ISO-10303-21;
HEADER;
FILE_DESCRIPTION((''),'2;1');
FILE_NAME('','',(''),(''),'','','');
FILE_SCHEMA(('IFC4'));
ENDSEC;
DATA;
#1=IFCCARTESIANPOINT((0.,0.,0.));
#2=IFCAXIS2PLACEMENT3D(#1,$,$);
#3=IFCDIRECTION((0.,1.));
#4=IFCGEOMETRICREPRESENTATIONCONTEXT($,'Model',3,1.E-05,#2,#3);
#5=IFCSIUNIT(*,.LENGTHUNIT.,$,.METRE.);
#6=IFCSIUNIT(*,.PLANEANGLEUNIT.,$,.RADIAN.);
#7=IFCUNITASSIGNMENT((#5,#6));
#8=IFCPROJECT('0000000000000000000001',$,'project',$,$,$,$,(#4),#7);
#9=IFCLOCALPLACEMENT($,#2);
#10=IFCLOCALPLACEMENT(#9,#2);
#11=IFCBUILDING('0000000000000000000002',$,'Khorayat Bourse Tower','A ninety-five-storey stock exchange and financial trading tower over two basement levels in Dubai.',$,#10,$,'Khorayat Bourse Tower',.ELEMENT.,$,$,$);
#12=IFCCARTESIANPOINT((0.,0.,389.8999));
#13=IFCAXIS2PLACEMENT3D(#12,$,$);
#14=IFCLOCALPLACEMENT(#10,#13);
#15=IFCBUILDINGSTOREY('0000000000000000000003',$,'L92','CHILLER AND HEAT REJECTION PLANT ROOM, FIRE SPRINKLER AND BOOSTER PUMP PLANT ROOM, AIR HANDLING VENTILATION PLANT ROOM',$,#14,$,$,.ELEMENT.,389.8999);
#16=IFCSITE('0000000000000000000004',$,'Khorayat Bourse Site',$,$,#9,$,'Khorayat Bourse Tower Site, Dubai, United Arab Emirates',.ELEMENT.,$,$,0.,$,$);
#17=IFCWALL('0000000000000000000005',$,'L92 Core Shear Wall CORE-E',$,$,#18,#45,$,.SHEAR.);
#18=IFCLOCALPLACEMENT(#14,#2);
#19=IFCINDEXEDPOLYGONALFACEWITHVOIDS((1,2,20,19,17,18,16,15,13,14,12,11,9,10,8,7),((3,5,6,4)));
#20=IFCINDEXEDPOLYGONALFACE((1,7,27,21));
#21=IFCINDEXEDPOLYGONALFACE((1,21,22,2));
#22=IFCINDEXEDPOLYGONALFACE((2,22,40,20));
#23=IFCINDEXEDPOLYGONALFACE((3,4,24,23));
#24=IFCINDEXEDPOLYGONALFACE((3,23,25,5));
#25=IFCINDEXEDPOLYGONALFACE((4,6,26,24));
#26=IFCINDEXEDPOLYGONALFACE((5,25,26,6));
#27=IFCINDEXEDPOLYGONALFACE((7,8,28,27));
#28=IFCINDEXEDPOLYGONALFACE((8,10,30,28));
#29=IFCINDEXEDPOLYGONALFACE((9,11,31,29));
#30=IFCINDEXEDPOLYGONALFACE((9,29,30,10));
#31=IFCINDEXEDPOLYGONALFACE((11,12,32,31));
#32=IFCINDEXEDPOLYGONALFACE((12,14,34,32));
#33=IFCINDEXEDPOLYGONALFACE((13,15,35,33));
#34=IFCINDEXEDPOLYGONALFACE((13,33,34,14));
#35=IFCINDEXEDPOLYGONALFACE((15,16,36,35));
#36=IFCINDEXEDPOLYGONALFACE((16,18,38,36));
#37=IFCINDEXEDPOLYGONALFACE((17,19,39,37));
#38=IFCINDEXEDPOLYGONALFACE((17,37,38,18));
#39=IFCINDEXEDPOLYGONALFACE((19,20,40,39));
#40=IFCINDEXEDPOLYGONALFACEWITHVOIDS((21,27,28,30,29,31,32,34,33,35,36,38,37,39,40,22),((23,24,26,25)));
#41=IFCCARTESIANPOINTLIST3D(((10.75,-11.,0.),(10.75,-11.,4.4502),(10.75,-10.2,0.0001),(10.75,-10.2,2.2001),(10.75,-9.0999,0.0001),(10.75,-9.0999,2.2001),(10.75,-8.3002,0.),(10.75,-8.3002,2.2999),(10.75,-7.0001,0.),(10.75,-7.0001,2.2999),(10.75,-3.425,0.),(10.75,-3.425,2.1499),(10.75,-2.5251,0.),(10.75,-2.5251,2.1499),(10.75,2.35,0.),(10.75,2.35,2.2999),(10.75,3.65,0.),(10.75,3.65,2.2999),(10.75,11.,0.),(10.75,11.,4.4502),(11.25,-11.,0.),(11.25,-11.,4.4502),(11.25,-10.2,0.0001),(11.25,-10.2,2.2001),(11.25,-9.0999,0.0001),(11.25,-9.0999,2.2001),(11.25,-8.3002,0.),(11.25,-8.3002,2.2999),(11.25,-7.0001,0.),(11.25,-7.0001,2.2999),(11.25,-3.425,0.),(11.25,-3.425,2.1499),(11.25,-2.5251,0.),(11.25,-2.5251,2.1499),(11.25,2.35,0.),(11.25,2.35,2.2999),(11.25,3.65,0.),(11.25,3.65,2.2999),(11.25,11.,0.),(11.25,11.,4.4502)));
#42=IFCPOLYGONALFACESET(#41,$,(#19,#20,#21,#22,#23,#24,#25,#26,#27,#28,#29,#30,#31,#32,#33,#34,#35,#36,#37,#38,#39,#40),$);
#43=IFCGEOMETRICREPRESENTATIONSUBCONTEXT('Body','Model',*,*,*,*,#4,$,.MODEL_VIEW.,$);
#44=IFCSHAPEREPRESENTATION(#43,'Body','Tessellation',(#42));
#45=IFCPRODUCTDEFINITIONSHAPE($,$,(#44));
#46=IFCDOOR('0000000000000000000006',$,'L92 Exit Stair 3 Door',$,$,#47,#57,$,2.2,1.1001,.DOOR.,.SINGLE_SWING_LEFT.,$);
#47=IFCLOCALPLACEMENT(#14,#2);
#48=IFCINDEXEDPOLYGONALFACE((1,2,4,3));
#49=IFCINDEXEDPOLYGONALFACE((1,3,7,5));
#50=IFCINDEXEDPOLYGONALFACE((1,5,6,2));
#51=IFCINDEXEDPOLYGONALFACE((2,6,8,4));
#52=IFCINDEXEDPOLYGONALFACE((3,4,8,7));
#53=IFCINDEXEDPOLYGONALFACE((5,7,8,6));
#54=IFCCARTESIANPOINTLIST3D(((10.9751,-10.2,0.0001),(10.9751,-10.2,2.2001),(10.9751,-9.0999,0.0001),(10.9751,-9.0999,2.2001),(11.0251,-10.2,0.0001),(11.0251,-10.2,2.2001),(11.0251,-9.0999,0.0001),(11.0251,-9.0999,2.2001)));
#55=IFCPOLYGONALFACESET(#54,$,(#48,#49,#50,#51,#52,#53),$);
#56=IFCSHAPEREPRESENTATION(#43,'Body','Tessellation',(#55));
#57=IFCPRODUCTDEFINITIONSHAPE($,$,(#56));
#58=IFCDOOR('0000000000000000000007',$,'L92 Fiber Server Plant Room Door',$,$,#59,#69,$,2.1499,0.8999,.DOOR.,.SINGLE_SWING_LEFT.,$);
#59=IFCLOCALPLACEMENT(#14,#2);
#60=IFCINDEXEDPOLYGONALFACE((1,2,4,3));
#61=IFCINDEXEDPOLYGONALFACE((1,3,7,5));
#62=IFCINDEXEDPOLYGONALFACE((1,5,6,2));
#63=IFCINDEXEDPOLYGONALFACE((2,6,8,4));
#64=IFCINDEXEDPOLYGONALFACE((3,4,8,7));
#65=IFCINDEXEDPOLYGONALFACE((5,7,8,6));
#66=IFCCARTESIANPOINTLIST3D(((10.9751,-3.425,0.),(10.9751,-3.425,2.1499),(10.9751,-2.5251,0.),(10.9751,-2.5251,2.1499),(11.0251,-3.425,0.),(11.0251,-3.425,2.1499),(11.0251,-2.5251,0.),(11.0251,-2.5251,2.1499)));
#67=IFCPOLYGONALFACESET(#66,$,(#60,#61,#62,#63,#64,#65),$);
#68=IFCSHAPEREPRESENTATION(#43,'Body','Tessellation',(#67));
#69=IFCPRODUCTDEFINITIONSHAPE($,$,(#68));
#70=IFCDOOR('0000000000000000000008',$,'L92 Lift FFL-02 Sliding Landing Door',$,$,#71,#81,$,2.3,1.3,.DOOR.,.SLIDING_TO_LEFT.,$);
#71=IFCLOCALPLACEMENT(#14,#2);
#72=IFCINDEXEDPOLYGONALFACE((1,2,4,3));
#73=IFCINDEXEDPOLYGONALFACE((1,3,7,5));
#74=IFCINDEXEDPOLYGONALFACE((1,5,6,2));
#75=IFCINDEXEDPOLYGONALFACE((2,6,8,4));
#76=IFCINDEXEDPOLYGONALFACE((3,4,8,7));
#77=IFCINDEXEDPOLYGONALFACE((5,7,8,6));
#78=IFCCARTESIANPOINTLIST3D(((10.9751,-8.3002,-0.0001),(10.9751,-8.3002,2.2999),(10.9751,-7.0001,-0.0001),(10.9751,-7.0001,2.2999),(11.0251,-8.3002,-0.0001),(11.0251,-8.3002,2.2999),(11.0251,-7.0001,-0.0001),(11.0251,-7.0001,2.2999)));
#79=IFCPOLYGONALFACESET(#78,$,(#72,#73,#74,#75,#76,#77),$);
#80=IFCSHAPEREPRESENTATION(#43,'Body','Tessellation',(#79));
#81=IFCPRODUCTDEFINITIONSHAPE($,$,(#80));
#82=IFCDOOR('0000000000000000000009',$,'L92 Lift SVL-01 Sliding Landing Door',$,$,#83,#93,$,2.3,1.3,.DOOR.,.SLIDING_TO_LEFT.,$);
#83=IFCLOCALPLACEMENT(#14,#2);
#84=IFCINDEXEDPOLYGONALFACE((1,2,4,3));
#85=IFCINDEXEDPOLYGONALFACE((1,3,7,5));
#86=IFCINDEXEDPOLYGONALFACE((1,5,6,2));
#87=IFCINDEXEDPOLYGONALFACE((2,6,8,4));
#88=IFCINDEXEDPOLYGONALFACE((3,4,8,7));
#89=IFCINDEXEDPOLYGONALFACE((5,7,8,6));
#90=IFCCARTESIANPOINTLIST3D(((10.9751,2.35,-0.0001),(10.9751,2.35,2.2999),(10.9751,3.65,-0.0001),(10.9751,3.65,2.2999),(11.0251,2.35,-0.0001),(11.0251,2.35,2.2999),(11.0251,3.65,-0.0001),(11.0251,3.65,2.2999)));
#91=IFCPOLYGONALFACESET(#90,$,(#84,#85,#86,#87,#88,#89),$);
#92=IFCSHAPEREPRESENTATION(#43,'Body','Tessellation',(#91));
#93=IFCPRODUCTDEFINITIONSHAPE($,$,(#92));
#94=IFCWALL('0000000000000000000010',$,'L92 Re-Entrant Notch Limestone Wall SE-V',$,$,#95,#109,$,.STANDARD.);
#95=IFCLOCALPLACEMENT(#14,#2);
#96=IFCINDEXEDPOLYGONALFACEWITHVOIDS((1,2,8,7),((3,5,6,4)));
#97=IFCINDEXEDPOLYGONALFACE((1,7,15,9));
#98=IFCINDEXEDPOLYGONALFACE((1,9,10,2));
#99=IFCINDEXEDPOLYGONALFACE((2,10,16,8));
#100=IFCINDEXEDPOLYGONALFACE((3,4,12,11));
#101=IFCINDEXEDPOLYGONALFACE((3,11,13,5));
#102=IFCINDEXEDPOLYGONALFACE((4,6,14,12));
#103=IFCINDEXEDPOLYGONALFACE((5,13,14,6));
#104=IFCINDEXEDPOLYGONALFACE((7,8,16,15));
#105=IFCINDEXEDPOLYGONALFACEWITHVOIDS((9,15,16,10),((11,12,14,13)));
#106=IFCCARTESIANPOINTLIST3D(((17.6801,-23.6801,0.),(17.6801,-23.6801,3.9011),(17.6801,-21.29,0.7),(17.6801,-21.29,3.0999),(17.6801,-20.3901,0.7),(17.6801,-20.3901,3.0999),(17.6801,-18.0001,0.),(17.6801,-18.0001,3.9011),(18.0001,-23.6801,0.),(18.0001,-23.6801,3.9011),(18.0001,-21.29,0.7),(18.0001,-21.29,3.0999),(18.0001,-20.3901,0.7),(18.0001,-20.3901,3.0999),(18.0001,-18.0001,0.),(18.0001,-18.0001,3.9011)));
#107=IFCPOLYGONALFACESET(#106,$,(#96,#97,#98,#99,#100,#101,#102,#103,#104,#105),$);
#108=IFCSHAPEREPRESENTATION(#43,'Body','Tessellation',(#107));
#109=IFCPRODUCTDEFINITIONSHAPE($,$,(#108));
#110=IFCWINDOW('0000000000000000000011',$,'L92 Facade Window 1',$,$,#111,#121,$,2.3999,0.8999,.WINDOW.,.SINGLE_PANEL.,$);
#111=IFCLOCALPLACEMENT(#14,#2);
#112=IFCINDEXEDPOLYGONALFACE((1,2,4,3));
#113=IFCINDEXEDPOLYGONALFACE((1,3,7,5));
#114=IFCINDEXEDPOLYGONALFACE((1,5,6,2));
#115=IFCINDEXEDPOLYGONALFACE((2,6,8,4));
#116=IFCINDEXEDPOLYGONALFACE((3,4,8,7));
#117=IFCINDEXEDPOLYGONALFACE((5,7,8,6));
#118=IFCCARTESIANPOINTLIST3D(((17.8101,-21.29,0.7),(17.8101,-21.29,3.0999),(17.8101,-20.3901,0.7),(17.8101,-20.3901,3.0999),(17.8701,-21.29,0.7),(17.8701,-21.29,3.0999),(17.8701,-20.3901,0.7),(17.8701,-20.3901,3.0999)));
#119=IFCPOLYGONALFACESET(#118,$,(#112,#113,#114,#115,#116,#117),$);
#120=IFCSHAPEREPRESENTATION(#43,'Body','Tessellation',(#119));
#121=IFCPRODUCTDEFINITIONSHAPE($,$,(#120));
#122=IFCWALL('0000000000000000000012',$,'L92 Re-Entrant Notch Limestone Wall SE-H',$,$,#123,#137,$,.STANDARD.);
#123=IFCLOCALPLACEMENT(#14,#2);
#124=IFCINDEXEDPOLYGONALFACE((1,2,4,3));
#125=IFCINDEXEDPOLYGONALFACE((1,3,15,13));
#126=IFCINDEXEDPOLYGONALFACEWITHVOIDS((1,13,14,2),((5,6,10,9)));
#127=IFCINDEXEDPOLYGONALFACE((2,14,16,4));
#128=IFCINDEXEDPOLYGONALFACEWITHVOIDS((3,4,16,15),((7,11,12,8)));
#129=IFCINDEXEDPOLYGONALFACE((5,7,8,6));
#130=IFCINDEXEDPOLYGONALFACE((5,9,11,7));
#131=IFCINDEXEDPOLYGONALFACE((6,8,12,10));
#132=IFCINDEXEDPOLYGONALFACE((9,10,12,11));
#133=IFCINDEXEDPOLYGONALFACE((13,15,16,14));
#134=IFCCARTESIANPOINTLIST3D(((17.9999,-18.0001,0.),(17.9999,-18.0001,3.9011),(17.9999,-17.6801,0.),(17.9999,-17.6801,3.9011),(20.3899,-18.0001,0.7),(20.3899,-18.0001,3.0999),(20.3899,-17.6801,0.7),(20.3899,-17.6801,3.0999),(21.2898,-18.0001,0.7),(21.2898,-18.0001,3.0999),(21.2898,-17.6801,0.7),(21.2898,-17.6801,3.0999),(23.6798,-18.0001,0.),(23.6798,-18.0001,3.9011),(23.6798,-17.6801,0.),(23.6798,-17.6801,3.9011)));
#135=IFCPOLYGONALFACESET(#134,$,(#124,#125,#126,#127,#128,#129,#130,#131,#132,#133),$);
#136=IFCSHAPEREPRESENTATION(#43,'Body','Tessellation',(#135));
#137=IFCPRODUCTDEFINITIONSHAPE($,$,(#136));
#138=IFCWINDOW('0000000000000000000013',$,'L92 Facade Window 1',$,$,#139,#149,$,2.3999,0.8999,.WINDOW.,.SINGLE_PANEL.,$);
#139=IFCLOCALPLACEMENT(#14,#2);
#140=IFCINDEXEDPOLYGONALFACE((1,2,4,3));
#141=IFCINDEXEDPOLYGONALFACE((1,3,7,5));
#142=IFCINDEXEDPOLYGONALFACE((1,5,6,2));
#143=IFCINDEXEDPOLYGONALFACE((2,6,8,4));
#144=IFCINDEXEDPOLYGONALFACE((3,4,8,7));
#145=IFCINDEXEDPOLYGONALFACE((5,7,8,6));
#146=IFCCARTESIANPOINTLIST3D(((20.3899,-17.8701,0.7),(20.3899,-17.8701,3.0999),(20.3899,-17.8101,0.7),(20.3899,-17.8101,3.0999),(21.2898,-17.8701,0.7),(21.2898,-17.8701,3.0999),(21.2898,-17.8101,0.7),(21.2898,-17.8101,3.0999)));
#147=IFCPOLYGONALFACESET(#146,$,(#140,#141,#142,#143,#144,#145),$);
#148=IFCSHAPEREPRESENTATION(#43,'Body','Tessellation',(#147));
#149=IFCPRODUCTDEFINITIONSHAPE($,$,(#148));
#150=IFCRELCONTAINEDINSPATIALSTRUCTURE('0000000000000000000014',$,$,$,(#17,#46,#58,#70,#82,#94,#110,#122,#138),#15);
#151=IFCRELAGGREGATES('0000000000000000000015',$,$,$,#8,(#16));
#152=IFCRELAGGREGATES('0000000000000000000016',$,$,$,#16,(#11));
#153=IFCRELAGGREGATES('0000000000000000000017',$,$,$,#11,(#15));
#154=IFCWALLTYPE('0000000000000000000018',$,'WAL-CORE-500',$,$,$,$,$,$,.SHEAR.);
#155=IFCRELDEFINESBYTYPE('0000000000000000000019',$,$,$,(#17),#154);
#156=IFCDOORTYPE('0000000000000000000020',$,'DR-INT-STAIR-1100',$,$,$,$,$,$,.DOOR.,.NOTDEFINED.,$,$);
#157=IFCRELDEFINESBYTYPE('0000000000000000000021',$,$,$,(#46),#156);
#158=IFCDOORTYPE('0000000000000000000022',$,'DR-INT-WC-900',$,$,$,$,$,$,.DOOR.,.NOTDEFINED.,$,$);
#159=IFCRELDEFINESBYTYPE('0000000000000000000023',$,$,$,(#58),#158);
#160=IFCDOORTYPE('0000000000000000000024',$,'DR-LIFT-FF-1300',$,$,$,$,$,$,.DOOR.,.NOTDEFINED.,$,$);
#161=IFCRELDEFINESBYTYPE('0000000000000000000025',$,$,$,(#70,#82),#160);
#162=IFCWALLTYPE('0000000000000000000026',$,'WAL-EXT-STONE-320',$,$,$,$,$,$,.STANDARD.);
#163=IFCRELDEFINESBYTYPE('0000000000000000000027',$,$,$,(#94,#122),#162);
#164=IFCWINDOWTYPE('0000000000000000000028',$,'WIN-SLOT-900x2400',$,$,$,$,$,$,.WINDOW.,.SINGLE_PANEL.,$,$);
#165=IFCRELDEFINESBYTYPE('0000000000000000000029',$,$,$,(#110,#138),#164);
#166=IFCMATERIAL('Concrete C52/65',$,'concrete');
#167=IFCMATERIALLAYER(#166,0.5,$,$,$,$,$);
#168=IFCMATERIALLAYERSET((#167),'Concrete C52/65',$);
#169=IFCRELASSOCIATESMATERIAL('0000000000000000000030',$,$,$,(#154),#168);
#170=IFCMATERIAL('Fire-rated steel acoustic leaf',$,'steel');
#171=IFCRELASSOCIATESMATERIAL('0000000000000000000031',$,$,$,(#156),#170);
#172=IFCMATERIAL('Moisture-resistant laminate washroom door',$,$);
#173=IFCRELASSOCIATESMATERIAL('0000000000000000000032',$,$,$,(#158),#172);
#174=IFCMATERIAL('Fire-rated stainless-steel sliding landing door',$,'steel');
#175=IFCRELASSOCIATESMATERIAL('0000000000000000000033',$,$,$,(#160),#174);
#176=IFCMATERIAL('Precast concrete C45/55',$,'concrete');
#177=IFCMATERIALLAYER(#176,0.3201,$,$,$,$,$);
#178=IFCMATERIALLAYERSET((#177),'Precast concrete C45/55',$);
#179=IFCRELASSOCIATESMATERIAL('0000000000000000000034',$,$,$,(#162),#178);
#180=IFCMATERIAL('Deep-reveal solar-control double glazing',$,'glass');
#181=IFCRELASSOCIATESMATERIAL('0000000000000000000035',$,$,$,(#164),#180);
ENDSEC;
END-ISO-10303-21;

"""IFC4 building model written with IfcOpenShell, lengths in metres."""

from ifc_helpers import new_model, si_unit, direction, frame, frame_2d, origin, place, context, subcontext, project, spatial, rectangle, extrude, source, transform, mapped, material, layer, layer_set, type_object, element, fill, save


model = new_model("IFC4")

# Units and contexts
model_context = context("Model", 3, precision=1e-05, world=origin(), true_north=direction((0.0, 1.0)))
body_context = subcontext(model_context, "Body", "Model", "MODEL_VIEW")
ifc_project = project(units=[si_unit("LENGTHUNIT", "METRE"), si_unit("PLANEANGLEUNIT", "RADIAN")], contexts=[model_context])

# Site, building, storey
site_placement = place(None, origin())
site = spatial("IfcSite", under=ifc_project, at=site_placement, Name="Khorayat Bourse Site", LongName="Khorayat Bourse Tower Site, Dubai, United Arab Emirates", CompositionType="ELEMENT", RefElevation=0.0)
building_placement = place(site_placement, origin())
building = spatial("IfcBuilding", under=site, at=building_placement, Name="Khorayat Bourse Tower", Description="A ninety-five-storey stock exchange and financial trading tower over two basement levels in Dubai.", LongName="Khorayat Bourse Tower", CompositionType="ELEMENT")
storey_placement = place(building_placement, frame((0.0, 0.0, 389.8999)))
storey = spatial("IfcBuildingStorey", under=building, at=storey_placement, Name="L92", Description="CHILLER AND HEAT REJECTION PLANT ROOM, FIRE SPRINKLER AND BOOSTER PUMP PLANT ROOM, AIR HANDLING VENTILATION PLANT ROOM", CompositionType="ELEMENT", Elevation=389.8999)

# Wall, openings, doors
ifc_material_1 = material(Name="Concrete C52/65", Category="concrete")
ifc_layer_1 = layer(ifc_material_1, 0.5)
ifc_layer_set_1 = layer_set([ifc_layer_1], Name="Concrete C52/65")
wall_type_1 = type_object("IfcWallType", Name="WAL-CORE-500", PredefinedType="SHEAR", material=ifc_layer_set_1)
shared_shape_1 = source(origin(), body_context, "Body", "SweptSolid", [
    extrude(rectangle(XDim=22.0, YDim=0.5, at=frame_2d((11.0, 0.0))), origin(), (0.0, 0.0, 1.0), 4.4502),
])
wall_1_placement = place(storey_placement, frame((11.0, -11.0, 0.0), z_axis=(0.0, 0.0, 1.0), x_axis=(0.0, 1.0, 0.0)))
wall_1 = element("IfcWall", 1, at=wall_1_placement, inside=storey, type_object=wall_type_1, Name="L92 Core Shear Wall CORE-E", PredefinedType="SHEAR", context=body_context, shape_type="MappedRepresentation", body=[
    mapped(shared_shape_1, transform((0.0, 0.0, 0.0), scale=1.0)),
])
shared_shape_2 = source(origin(), body_context, "Body", "SweptSolid", [
    extrude(rectangle(XDim=1.1001, YDim=2.2, at=frame_2d((0.55, 1.1001))), frame((0.0, 0.26, 0.0), z_axis=(0.0, -1.0, 0.0), x_axis=(1.0, 0.0, 0.0)), (0.0, 0.0, 1.0), 0.52),
])
opening_1_placement = place(wall_1_placement, frame((0.8, 0.0, 0.0)))
opening_1 = element("IfcOpeningElement", 2, at=opening_1_placement, cuts=wall_1, PredefinedType="OPENING", context=body_context, shape_type="MappedRepresentation", body=[
    mapped(shared_shape_2, transform((0.0, 0.0, 0.0), scale=1.0)),
])
shared_shape_3 = source(origin(), body_context, "Body", "SweptSolid", [
    extrude(rectangle(XDim=0.8999, YDim=2.1499, at=frame_2d((0.45, 1.075))), frame((0.0, 0.26, 0.0), z_axis=(0.0, -1.0, 0.0), x_axis=(1.0, 0.0, 0.0)), (0.0, 0.0, 1.0), 0.52),
])
opening_2_placement = place(wall_1_placement, frame((7.575, 0.0, 0.0)))
opening_2 = element("IfcOpeningElement", 3, at=opening_2_placement, cuts=wall_1, PredefinedType="OPENING", context=body_context, shape_type="MappedRepresentation", body=[
    mapped(shared_shape_3, transform((0.0, 0.0, 0.0), scale=1.0)),
])
shared_shape_4 = source(origin(), body_context, "Body", "SweptSolid", [
    extrude(rectangle(XDim=1.3, YDim=2.3, at=frame_2d((0.6499, 1.1499))), frame((0.0, 0.26, 0.0), z_axis=(0.0, -1.0, 0.0), x_axis=(1.0, 0.0, 0.0)), (0.0, 0.0, 1.0), 0.52),
])
opening_3_placement = place(wall_1_placement, frame((2.7, 0.0, 0.0)))
opening_3 = element("IfcOpeningElement", 4, at=opening_3_placement, cuts=wall_1, PredefinedType="OPENING", context=body_context, shape_type="MappedRepresentation", body=[
    mapped(shared_shape_4, transform((0.0, 0.0, 0.0), scale=1.0)),
])
opening_4_placement = place(wall_1_placement, frame((13.3501, 0.0, 0.0)))
opening_4 = element("IfcOpeningElement", 5, at=opening_4_placement, cuts=wall_1, PredefinedType="OPENING", context=body_context, shape_type="MappedRepresentation", body=[
    mapped(shared_shape_4, transform((0.0, 0.0, 0.0), scale=1.0)),
])
ifc_material_2 = material(Name="Fire-rated steel acoustic leaf", Category="steel")
door_type_1 = type_object("IfcDoorType", Name="DR-INT-STAIR-1100", OperationType="NOTDEFINED", PredefinedType="DOOR", material=ifc_material_2)
shared_shape_5 = source(origin(), body_context, "Body", "SweptSolid", [
    extrude(rectangle(XDim=1.1001, YDim=2.2, at=frame_2d((0.55, 1.1001))), frame((0.0, 0.0249, 0.0), z_axis=(0.0, -1.0, 0.0), x_axis=(1.0, 0.0, 0.0)), (0.0, 0.0, 1.0), 0.05),
])
door_1_placement = place(opening_1_placement, origin())
door_1 = element("IfcDoor", 6, at=door_1_placement, inside=storey, type_object=door_type_1, Name="L92 Exit Stair 3 Door", OperationType="SINGLE_SWING_LEFT", OverallHeight=2.2, OverallWidth=1.1001, PredefinedType="DOOR", context=body_context, shape_type="MappedRepresentation", body=[
    mapped(shared_shape_5, transform((0.0, 0.0, 0.0), scale=1.0)),
])
fill(opening_1, door_1)
ifc_material_3 = material(Name="Moisture-resistant laminate washroom door")
door_type_2 = type_object("IfcDoorType", Name="DR-INT-WC-900", OperationType="NOTDEFINED", PredefinedType="DOOR", material=ifc_material_3)
shared_shape_6 = source(origin(), body_context, "Body", "SweptSolid", [
    extrude(rectangle(XDim=0.8999, YDim=2.1499, at=frame_2d((0.45, 1.075))), frame((0.0, 0.0249, 0.0), z_axis=(0.0, -1.0, 0.0), x_axis=(1.0, 0.0, 0.0)), (0.0, 0.0, 1.0), 0.05),
])
door_2_placement = place(opening_2_placement, origin())
door_2 = element("IfcDoor", 7, at=door_2_placement, inside=storey, type_object=door_type_2, Name="L92 Fiber Server Plant Room Door", OperationType="SINGLE_SWING_LEFT", OverallHeight=2.1499, OverallWidth=0.8999, PredefinedType="DOOR", context=body_context, shape_type="MappedRepresentation", body=[
    mapped(shared_shape_6, transform((0.0, 0.0, 0.0), scale=1.0)),
])
fill(opening_2, door_2)
ifc_material_4 = material(Name="Fire-rated stainless-steel sliding landing door", Category="steel")
door_type_3 = type_object("IfcDoorType", Name="DR-LIFT-FF-1300", OperationType="NOTDEFINED", PredefinedType="DOOR", material=ifc_material_4)
shared_shape_7 = source(origin(), body_context, "Body", "SweptSolid", [
    extrude(rectangle(XDim=1.3, YDim=2.3, at=frame_2d((0.6499, 1.1499))), frame((0.0, 0.0249, 0.0), z_axis=(0.0, -1.0, 0.0), x_axis=(1.0, 0.0, 0.0)), (0.0, 0.0, 1.0), 0.05),
])
door_3_placement = place(opening_3_placement, origin())
door_3 = element("IfcDoor", 8, at=door_3_placement, inside=storey, type_object=door_type_3, Name="L92 Lift FFL-02 Sliding Landing Door", OperationType="SLIDING_TO_LEFT", OverallHeight=2.3, OverallWidth=1.3, PredefinedType="DOOR", context=body_context, shape_type="MappedRepresentation", body=[
    mapped(shared_shape_7, transform((0.0, 0.0, 0.0), scale=1.0)),
])
fill(opening_3, door_3)
door_4_placement = place(opening_4_placement, origin())
door_4 = element("IfcDoor", 9, at=door_4_placement, inside=storey, type_object=door_type_3, Name="L92 Lift SVL-01 Sliding Landing Door", OperationType="SLIDING_TO_LEFT", OverallHeight=2.3, OverallWidth=1.3, PredefinedType="DOOR", context=body_context, shape_type="MappedRepresentation", body=[
    mapped(shared_shape_7, transform((0.0, 0.0, 0.0), scale=1.0)),
])
fill(opening_4, door_4)

# Walls, openings, windows
ifc_material_5 = material(Name="Precast concrete C45/55", Category="concrete")
ifc_layer_2 = layer(ifc_material_5, 0.3201)
ifc_layer_set_2 = layer_set([ifc_layer_2], Name="Precast concrete C45/55")
wall_type_2 = type_object("IfcWallType", Name="WAL-EXT-STONE-320", PredefinedType="STANDARD", material=ifc_layer_set_2)
shared_shape_8 = source(origin(), body_context, "Body", "SweptSolid", [
    extrude(rectangle(XDim=5.6799, YDim=0.3201, at=frame_2d((2.8398, 0.0))), origin(), (0.0, 0.0, 1.0), 3.9011),
])
wall_2_placement = place(storey_placement, frame((17.8401, -23.6799, 0.0), z_axis=(0.0, 0.0, 1.0), x_axis=(0.0, 1.0, 0.0)))
wall_2 = element("IfcWall", 10, at=wall_2_placement, inside=storey, type_object=wall_type_2, Name="L92 Re-Entrant Notch Limestone Wall SE-V", PredefinedType="STANDARD", context=body_context, shape_type="MappedRepresentation", body=[
    mapped(shared_shape_8, transform((0.0, 0.0, 0.0), scale=1.0)),
])
shared_shape_9 = source(origin(), body_context, "Body", "SweptSolid", [
    extrude(rectangle(XDim=0.8999, YDim=2.3999, at=frame_2d((0.45, 1.2))), frame((0.0, 0.1699, 0.0), z_axis=(0.0, -1.0, 0.0), x_axis=(1.0, 0.0, 0.0)), (0.0, 0.0, 1.0), 0.3401),
])
opening_5_placement = place(wall_2_placement, frame((2.3899, 0.0, 0.7)))
opening_5 = element("IfcOpeningElement", 11, at=opening_5_placement, cuts=wall_2, PredefinedType="OPENING", context=body_context, shape_type="MappedRepresentation", body=[
    mapped(shared_shape_9, transform((0.0, 0.0, 0.0), scale=1.0)),
])
ifc_material_6 = material(Name="Deep-reveal solar-control double glazing", Category="glass")
window_type = type_object("IfcWindowType", Name="WIN-SLOT-900x2400", PartitioningType="SINGLE_PANEL", PredefinedType="WINDOW", material=ifc_material_6)
shared_shape_10 = source(origin(), body_context, "Body", "SweptSolid", [
    extrude(rectangle(XDim=0.8999, YDim=2.3999, at=frame_2d((0.45, 1.2))), frame((0.0, 0.03, 0.0), z_axis=(0.0, -1.0, 0.0), x_axis=(1.0, 0.0, 0.0)), (0.0, 0.0, 1.0), 0.0601),
])
window_1_placement = place(opening_5_placement, origin())
window_1 = element("IfcWindow", 12, at=window_1_placement, inside=storey, type_object=window_type, Name="L92 Facade Window 1", OverallHeight=2.3999, OverallWidth=0.8999, PartitioningType="SINGLE_PANEL", PredefinedType="WINDOW", context=body_context, shape_type="MappedRepresentation", body=[
    mapped(shared_shape_10, transform((0.0, 0.0, 0.0), scale=1.0)),
])
fill(opening_5, window_1)
wall_3_placement = place(storey_placement, frame((18.0, -17.8401, 0.0), z_axis=(0.0, 0.0, 1.0), x_axis=(1.0, 0.0, 0.0)))
wall_3 = element("IfcWall", 13, at=wall_3_placement, inside=storey, type_object=wall_type_2, Name="L92 Re-Entrant Notch Limestone Wall SE-H", PredefinedType="STANDARD", context=body_context, shape_type="MappedRepresentation", body=[
    mapped(shared_shape_8, transform((0.0, 0.0, 0.0), scale=1.0)),
])
opening_6_placement = place(wall_3_placement, frame((2.3899, 0.0, 0.7)))
opening_6 = element("IfcOpeningElement", 14, at=opening_6_placement, cuts=wall_3, PredefinedType="OPENING", context=body_context, shape_type="MappedRepresentation", body=[
    mapped(shared_shape_9, transform((0.0, 0.0, 0.0), scale=1.0)),
])
window_2_placement = place(opening_6_placement, origin())
window_2 = element("IfcWindow", 15, at=window_2_placement, inside=storey, type_object=window_type, Name="L92 Facade Window 1", OverallHeight=2.3999, OverallWidth=0.8999, PartitioningType="SINGLE_PANEL", PredefinedType="WINDOW", context=body_context, shape_type="MappedRepresentation", body=[
    mapped(shared_shape_10, transform((0.0, 0.0, 0.0), scale=1.0)),
])
fill(opening_6, window_2)

save(model, "model.ifc")
